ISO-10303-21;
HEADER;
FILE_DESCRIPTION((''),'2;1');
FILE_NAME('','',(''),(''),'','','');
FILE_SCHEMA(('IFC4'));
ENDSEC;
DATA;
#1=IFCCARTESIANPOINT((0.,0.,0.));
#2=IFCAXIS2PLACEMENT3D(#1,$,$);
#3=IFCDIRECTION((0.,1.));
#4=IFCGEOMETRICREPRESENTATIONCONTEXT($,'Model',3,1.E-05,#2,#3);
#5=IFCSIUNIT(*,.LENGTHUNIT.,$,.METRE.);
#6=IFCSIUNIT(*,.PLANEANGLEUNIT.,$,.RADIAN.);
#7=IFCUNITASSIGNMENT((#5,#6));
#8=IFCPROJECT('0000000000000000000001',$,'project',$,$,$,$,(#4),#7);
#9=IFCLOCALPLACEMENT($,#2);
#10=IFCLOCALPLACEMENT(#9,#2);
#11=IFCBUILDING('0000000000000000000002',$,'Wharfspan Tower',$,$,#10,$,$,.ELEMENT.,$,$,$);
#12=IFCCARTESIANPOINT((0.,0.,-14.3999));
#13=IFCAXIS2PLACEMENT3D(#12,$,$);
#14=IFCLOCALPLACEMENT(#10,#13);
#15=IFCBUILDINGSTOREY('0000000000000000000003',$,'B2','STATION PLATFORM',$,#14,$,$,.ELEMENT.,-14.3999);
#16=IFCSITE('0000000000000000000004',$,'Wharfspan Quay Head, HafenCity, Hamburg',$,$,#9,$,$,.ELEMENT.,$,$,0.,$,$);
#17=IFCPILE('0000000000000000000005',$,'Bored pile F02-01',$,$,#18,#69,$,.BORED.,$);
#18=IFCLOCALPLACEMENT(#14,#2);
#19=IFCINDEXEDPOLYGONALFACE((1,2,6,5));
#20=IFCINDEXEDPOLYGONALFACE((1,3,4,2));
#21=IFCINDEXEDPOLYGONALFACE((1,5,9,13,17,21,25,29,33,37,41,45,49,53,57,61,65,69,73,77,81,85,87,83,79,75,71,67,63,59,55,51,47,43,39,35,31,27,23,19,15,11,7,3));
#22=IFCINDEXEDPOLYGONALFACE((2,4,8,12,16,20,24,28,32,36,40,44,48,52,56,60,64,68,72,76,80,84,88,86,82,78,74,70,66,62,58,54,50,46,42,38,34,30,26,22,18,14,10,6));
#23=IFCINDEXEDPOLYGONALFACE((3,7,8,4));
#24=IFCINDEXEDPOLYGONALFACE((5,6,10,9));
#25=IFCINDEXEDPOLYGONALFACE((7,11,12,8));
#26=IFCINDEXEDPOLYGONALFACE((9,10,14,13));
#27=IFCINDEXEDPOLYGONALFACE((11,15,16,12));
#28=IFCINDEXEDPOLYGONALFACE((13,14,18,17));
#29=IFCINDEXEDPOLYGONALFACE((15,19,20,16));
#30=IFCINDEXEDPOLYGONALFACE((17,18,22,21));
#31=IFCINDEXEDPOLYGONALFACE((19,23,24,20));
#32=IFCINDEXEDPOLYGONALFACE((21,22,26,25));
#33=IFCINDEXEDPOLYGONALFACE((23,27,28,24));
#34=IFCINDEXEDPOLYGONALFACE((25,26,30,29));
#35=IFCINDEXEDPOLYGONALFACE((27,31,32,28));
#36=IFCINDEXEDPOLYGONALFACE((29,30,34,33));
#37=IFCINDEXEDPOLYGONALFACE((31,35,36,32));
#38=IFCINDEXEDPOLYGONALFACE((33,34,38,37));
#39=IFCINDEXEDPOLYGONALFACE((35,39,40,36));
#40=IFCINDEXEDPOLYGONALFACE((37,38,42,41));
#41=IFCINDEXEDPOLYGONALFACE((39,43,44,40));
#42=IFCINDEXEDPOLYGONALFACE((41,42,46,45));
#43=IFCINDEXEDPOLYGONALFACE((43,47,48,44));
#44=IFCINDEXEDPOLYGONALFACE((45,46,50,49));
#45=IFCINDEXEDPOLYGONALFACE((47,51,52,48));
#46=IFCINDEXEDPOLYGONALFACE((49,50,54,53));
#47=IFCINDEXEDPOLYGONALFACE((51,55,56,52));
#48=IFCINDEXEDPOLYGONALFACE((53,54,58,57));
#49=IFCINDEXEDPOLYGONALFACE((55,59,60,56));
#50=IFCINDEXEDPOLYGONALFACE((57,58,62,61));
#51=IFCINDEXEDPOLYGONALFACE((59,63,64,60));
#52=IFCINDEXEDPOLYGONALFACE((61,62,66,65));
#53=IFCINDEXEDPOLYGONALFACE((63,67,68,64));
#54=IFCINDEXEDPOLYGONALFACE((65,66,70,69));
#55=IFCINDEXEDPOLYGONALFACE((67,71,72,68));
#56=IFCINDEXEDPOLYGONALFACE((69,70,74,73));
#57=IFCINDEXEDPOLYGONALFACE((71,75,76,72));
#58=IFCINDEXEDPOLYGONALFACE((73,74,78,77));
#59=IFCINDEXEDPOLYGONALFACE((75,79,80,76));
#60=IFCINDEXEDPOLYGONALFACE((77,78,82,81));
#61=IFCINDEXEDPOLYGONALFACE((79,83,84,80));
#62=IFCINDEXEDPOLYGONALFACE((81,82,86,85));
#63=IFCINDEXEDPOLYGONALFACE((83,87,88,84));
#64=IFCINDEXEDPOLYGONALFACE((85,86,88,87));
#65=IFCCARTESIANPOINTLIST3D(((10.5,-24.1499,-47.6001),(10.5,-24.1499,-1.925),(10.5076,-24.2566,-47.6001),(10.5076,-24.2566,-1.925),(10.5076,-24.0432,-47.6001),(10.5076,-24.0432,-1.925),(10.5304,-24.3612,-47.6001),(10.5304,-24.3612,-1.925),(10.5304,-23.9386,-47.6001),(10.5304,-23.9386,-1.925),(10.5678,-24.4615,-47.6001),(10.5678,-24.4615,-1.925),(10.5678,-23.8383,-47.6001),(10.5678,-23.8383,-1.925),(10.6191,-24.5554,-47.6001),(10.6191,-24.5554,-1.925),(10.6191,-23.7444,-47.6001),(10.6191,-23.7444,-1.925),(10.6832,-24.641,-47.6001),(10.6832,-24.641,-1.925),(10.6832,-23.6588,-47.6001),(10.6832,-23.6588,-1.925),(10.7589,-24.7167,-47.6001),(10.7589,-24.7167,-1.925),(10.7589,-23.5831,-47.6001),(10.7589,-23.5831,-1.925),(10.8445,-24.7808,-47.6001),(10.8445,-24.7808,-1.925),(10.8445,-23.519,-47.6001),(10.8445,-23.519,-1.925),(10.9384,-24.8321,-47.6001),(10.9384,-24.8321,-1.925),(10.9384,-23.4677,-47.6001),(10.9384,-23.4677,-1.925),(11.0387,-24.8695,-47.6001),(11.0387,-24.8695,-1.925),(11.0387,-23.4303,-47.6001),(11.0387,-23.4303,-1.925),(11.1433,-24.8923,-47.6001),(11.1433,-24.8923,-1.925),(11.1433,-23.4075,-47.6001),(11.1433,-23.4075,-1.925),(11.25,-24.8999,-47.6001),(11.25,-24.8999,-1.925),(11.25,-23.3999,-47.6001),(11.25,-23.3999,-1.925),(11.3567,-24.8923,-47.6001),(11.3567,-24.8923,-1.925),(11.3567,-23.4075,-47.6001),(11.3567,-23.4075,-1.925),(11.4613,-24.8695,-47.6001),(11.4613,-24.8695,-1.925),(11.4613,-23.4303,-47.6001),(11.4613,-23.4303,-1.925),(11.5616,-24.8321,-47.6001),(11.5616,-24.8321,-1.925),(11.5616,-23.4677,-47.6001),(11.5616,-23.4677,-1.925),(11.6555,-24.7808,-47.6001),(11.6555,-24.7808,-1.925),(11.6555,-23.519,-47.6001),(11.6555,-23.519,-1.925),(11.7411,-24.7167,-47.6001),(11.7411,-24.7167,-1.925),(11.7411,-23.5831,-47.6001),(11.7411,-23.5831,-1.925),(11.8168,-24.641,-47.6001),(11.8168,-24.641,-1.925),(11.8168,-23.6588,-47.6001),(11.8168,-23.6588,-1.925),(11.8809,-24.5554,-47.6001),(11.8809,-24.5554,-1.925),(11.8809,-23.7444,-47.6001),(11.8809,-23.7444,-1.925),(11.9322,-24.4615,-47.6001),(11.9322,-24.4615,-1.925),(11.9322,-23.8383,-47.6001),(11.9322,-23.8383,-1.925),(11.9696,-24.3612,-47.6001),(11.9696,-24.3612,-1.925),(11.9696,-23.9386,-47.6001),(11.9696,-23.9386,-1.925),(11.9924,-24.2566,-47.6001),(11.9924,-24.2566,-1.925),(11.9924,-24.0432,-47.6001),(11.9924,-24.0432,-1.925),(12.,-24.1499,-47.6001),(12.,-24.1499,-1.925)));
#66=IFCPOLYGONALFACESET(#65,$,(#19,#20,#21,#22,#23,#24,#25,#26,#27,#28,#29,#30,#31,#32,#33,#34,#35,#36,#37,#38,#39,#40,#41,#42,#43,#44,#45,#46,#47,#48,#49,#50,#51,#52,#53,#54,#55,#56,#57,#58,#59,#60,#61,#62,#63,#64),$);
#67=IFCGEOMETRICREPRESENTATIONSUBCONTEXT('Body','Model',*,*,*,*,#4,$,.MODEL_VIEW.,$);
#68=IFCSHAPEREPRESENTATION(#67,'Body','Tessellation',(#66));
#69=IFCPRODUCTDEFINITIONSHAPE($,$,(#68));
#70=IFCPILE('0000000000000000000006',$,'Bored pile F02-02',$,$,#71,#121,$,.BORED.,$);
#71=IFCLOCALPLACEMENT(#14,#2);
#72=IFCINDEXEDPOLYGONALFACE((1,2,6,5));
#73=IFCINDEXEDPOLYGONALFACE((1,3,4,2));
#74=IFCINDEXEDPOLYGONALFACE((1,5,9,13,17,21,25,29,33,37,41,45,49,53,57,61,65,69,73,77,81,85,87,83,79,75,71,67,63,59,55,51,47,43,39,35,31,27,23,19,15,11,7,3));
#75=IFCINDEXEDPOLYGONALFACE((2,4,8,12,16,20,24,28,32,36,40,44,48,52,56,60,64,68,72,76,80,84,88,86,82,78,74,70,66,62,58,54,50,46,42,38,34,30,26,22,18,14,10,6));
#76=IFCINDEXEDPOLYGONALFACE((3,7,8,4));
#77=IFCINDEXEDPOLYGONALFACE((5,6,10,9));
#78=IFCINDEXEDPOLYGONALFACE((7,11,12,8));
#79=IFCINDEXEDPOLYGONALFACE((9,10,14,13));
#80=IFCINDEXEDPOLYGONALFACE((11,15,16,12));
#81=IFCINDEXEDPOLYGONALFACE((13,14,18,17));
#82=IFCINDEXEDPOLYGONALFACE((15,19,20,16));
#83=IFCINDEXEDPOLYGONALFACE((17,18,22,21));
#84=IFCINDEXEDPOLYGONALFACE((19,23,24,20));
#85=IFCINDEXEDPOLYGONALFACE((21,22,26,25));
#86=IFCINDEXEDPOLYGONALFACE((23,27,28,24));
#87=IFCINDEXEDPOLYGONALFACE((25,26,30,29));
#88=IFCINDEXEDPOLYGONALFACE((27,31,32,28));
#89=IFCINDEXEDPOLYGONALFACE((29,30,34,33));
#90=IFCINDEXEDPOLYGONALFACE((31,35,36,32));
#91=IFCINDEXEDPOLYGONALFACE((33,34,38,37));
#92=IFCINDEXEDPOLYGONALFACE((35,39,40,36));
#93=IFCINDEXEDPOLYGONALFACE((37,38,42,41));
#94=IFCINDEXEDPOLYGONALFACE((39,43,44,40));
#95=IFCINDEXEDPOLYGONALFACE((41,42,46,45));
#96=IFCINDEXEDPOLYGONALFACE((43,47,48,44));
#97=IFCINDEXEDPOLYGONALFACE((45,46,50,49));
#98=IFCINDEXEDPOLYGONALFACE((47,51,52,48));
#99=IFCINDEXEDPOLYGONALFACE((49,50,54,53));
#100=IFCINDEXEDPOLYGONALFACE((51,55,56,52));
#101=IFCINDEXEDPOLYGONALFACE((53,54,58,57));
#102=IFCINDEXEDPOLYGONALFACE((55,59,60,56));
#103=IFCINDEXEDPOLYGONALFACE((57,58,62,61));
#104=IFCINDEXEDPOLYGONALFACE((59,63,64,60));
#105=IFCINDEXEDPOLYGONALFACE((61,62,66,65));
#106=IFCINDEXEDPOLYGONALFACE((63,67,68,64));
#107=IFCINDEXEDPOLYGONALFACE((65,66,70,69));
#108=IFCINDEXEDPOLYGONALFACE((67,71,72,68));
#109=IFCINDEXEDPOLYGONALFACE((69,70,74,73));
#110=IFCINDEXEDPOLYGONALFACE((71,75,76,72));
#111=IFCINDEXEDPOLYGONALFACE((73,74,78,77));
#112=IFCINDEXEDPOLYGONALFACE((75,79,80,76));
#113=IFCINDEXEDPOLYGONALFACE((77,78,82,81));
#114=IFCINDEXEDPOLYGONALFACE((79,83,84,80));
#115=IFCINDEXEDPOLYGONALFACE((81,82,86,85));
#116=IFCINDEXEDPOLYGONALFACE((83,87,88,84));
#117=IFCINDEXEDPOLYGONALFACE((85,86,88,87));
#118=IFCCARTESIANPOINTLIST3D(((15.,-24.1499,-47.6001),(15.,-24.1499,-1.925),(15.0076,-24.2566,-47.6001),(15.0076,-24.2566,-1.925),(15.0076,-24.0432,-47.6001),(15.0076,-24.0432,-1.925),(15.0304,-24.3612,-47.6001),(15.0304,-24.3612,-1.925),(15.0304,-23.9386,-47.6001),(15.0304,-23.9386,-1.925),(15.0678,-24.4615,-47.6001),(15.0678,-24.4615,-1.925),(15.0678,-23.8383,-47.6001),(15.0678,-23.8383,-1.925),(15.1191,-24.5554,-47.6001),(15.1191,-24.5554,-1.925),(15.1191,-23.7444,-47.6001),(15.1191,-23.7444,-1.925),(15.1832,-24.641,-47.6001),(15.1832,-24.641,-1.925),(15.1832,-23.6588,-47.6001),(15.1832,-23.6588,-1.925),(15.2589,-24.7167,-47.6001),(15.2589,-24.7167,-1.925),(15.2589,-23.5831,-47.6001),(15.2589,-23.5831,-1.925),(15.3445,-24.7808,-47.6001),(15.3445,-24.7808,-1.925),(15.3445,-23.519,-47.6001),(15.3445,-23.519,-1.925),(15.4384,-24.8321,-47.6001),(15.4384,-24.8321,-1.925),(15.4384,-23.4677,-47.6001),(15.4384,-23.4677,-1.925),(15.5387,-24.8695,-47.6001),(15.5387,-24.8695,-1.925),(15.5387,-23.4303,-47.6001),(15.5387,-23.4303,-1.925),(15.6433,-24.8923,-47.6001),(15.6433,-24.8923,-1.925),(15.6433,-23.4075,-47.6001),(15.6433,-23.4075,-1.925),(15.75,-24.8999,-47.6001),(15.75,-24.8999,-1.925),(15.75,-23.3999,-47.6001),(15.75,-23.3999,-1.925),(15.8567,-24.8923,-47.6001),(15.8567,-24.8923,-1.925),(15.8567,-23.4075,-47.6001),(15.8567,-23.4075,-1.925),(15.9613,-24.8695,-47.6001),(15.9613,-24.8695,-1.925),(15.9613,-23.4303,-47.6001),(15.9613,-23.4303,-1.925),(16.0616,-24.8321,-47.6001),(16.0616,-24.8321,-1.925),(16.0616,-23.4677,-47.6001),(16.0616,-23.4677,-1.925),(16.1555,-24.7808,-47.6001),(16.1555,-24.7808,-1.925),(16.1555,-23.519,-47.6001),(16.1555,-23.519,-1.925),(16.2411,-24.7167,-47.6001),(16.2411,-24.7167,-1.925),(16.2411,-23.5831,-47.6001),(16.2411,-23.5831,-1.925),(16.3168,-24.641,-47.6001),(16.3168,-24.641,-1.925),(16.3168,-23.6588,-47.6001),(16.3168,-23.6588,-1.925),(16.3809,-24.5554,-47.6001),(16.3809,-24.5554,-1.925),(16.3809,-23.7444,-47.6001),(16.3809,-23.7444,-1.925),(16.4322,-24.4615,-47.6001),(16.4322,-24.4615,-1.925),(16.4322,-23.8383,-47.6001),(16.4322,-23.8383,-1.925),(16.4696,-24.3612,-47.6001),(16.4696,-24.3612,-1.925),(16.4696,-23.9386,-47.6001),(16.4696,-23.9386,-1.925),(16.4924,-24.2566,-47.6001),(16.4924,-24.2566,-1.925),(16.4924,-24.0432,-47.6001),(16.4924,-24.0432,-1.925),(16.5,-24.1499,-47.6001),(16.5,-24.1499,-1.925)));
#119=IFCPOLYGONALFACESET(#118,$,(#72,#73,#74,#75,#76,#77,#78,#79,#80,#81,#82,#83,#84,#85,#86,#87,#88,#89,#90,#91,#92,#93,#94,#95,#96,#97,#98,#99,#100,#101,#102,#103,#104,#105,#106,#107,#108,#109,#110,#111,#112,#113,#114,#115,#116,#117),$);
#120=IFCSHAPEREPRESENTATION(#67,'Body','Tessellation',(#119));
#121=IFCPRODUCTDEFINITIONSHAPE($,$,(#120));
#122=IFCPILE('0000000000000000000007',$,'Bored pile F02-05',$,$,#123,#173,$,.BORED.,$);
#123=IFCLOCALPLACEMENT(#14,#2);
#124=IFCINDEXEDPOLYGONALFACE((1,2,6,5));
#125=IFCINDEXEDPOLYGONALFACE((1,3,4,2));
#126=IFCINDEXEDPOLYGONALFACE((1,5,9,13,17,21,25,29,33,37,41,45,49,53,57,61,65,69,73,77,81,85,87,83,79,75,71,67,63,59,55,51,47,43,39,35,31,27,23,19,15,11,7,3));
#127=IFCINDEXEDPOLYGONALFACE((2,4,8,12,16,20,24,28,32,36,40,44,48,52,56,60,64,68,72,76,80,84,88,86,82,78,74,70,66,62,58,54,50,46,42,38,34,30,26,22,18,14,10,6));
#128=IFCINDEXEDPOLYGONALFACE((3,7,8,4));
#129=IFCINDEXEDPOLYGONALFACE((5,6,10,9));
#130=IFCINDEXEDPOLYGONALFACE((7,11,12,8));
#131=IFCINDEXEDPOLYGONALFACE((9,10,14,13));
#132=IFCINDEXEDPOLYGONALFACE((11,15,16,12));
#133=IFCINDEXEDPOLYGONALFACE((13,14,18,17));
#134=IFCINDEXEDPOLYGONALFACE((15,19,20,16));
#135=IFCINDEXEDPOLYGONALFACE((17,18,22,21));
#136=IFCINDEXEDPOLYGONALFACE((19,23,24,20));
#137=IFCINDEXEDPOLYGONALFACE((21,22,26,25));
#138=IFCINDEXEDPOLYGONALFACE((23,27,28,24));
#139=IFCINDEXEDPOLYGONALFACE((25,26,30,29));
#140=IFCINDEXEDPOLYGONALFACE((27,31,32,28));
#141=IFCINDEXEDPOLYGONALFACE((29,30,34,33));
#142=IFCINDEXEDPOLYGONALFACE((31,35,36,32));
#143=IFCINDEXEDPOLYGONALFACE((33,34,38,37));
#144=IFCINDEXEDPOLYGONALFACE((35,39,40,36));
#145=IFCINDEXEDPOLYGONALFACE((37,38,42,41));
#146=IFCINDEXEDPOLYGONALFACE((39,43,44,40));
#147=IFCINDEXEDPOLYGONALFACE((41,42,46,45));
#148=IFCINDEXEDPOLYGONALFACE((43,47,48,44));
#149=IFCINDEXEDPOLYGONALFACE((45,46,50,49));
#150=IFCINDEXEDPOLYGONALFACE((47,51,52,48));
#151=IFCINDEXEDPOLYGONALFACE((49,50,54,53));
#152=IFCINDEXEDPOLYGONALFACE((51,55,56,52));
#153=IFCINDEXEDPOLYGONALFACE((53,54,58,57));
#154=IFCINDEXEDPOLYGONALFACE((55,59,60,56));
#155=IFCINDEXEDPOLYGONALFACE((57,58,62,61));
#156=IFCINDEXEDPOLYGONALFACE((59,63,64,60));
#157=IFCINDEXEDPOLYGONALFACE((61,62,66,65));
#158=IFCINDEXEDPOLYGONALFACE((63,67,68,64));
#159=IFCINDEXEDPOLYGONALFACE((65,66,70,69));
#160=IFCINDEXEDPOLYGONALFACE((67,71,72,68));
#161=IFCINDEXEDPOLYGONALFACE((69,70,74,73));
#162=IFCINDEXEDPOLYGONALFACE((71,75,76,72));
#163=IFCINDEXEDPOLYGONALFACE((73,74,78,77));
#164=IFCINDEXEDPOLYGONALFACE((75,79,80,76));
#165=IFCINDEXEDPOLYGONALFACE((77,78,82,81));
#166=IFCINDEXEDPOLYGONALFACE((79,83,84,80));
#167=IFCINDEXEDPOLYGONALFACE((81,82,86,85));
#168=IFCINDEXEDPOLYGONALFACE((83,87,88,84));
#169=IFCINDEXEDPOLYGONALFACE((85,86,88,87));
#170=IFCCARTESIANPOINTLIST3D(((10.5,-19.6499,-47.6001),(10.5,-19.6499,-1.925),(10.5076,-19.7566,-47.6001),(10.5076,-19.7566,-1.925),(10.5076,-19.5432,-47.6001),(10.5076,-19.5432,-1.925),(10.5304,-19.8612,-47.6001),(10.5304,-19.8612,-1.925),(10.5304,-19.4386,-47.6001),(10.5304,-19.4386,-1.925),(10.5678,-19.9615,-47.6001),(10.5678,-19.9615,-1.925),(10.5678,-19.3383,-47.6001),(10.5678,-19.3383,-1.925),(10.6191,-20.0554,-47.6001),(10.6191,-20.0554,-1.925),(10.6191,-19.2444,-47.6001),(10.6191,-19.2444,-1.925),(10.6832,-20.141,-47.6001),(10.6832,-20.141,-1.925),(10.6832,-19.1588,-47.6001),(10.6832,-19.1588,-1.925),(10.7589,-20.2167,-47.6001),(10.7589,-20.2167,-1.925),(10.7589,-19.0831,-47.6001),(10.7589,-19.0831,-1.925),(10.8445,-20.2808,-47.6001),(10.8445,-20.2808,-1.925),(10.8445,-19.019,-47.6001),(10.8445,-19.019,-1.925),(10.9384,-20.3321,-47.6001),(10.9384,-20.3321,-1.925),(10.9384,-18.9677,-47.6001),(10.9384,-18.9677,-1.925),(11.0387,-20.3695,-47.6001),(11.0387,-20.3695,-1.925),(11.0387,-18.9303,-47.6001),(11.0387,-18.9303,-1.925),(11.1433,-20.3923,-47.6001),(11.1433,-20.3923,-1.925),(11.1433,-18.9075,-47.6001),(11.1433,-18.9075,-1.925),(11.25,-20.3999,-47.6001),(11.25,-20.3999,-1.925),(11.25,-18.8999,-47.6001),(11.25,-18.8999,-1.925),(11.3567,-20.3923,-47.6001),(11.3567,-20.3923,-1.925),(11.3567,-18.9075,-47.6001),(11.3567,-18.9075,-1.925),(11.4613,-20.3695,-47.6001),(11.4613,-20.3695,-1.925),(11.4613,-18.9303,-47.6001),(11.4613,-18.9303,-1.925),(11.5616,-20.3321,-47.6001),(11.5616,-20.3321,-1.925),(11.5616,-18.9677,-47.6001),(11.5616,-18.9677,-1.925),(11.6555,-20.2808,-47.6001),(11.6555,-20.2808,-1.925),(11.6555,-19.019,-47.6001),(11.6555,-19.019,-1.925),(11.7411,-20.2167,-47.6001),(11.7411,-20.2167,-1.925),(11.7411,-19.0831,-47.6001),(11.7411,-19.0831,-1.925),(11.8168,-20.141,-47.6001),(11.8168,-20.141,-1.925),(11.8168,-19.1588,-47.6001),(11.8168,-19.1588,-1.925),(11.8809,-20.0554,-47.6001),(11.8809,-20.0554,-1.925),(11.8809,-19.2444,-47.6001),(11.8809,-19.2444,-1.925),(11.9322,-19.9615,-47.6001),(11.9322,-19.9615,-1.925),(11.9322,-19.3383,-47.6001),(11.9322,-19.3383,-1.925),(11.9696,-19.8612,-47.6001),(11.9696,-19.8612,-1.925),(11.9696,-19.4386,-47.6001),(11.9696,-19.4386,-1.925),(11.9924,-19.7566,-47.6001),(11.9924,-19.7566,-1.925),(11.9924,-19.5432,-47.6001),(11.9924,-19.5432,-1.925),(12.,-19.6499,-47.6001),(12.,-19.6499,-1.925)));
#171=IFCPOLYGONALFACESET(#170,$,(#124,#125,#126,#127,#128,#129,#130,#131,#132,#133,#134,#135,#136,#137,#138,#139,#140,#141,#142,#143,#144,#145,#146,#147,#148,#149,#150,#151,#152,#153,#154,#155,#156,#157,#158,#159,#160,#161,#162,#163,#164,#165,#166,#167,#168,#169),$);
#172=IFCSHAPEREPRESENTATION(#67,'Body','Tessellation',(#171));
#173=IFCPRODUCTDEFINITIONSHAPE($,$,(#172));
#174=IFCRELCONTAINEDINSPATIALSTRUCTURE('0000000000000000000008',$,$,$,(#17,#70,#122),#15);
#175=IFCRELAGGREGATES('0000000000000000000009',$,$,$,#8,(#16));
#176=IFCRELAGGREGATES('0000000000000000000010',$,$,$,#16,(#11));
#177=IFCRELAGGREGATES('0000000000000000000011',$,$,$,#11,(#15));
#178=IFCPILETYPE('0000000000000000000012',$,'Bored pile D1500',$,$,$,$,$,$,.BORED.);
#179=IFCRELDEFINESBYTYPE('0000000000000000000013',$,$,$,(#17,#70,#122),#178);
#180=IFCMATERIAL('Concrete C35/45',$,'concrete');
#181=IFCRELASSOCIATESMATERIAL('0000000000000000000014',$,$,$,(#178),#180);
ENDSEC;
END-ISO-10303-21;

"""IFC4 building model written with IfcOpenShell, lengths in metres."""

from ifc_helpers import new_model, si_unit, direction, frame, origin, origin_2d, place, context, subcontext, project, spatial, circle, extrude, material, material_profile, profile_set, type_object, element, save


model = new_model("IFC4")

# Units and contexts
model_context = context("Model", 3, precision=1e-05, world=origin(), true_north=direction((0.0, 1.0)))
body_context = subcontext(model_context, "Body", "Model", "MODEL_VIEW")
ifc_project = project(units=[si_unit("LENGTHUNIT", "METRE"), si_unit("PLANEANGLEUNIT", "RADIAN")], contexts=[model_context])

# Site, building, storey
site_placement = place(None, origin())
site = spatial("IfcSite", under=ifc_project, at=site_placement, Name="Wharfspan Quay Head, HafenCity, Hamburg", CompositionType="ELEMENT", RefElevation=0.0)
building_placement = place(site_placement, origin())
building = spatial("IfcBuilding", under=site, at=building_placement, Name="Wharfspan Tower", CompositionType="ELEMENT")
storey_placement = place(building_placement, frame((0.0, 0.0, -14.3999)))
storey = spatial("IfcBuildingStorey", under=building, at=storey_placement, Name="B2", Description="STATION PLATFORM", CompositionType="ELEMENT", Elevation=-14.3999)

# Piles
ifc_material_1 = material(Name="Concrete C35/45", Category="concrete")
ifc_material_profile_1 = material_profile(ifc_material_1, circle(Radius=0.75, at=origin_2d()))
ifc_profile_set_1 = profile_set([ifc_material_profile_1], Name="Concrete C35/45")
pile_type = type_object("IfcPileType", Name="Bored pile D1500", PredefinedType="BORED", material=ifc_profile_set_1)
for number, where, z_axis, x_axis, name in (
    (1, (11.25, -24.1499, -1.925), (0.0, 0.0, -1.0), (1.0, 0.0, 0.0), "Bored pile F02-01"),
    (2, (15.75, -24.1499, -1.925), (0.0, 0.0, -1.0), (1.0, 0.0, 0.0), "Bored pile F02-02"),
    (3, (11.25, -19.6499, -1.925), (0.0, 0.0, -1.0), (1.0, 0.0, 0.0), "Bored pile F02-05"),
):
    element("IfcPile", number, at=place(storey_placement, frame(where, z_axis=z_axis, x_axis=x_axis)), inside=storey, type_object=pile_type, Name=name, PredefinedType="BORED", context=body_context, shape_type="SweptSolid", body=[
        extrude(circle(Radius=0.75, at=origin_2d()), origin(), (0.0, 0.0, 1.0), 45.675),
    ])

save(model, "model.ifc")
